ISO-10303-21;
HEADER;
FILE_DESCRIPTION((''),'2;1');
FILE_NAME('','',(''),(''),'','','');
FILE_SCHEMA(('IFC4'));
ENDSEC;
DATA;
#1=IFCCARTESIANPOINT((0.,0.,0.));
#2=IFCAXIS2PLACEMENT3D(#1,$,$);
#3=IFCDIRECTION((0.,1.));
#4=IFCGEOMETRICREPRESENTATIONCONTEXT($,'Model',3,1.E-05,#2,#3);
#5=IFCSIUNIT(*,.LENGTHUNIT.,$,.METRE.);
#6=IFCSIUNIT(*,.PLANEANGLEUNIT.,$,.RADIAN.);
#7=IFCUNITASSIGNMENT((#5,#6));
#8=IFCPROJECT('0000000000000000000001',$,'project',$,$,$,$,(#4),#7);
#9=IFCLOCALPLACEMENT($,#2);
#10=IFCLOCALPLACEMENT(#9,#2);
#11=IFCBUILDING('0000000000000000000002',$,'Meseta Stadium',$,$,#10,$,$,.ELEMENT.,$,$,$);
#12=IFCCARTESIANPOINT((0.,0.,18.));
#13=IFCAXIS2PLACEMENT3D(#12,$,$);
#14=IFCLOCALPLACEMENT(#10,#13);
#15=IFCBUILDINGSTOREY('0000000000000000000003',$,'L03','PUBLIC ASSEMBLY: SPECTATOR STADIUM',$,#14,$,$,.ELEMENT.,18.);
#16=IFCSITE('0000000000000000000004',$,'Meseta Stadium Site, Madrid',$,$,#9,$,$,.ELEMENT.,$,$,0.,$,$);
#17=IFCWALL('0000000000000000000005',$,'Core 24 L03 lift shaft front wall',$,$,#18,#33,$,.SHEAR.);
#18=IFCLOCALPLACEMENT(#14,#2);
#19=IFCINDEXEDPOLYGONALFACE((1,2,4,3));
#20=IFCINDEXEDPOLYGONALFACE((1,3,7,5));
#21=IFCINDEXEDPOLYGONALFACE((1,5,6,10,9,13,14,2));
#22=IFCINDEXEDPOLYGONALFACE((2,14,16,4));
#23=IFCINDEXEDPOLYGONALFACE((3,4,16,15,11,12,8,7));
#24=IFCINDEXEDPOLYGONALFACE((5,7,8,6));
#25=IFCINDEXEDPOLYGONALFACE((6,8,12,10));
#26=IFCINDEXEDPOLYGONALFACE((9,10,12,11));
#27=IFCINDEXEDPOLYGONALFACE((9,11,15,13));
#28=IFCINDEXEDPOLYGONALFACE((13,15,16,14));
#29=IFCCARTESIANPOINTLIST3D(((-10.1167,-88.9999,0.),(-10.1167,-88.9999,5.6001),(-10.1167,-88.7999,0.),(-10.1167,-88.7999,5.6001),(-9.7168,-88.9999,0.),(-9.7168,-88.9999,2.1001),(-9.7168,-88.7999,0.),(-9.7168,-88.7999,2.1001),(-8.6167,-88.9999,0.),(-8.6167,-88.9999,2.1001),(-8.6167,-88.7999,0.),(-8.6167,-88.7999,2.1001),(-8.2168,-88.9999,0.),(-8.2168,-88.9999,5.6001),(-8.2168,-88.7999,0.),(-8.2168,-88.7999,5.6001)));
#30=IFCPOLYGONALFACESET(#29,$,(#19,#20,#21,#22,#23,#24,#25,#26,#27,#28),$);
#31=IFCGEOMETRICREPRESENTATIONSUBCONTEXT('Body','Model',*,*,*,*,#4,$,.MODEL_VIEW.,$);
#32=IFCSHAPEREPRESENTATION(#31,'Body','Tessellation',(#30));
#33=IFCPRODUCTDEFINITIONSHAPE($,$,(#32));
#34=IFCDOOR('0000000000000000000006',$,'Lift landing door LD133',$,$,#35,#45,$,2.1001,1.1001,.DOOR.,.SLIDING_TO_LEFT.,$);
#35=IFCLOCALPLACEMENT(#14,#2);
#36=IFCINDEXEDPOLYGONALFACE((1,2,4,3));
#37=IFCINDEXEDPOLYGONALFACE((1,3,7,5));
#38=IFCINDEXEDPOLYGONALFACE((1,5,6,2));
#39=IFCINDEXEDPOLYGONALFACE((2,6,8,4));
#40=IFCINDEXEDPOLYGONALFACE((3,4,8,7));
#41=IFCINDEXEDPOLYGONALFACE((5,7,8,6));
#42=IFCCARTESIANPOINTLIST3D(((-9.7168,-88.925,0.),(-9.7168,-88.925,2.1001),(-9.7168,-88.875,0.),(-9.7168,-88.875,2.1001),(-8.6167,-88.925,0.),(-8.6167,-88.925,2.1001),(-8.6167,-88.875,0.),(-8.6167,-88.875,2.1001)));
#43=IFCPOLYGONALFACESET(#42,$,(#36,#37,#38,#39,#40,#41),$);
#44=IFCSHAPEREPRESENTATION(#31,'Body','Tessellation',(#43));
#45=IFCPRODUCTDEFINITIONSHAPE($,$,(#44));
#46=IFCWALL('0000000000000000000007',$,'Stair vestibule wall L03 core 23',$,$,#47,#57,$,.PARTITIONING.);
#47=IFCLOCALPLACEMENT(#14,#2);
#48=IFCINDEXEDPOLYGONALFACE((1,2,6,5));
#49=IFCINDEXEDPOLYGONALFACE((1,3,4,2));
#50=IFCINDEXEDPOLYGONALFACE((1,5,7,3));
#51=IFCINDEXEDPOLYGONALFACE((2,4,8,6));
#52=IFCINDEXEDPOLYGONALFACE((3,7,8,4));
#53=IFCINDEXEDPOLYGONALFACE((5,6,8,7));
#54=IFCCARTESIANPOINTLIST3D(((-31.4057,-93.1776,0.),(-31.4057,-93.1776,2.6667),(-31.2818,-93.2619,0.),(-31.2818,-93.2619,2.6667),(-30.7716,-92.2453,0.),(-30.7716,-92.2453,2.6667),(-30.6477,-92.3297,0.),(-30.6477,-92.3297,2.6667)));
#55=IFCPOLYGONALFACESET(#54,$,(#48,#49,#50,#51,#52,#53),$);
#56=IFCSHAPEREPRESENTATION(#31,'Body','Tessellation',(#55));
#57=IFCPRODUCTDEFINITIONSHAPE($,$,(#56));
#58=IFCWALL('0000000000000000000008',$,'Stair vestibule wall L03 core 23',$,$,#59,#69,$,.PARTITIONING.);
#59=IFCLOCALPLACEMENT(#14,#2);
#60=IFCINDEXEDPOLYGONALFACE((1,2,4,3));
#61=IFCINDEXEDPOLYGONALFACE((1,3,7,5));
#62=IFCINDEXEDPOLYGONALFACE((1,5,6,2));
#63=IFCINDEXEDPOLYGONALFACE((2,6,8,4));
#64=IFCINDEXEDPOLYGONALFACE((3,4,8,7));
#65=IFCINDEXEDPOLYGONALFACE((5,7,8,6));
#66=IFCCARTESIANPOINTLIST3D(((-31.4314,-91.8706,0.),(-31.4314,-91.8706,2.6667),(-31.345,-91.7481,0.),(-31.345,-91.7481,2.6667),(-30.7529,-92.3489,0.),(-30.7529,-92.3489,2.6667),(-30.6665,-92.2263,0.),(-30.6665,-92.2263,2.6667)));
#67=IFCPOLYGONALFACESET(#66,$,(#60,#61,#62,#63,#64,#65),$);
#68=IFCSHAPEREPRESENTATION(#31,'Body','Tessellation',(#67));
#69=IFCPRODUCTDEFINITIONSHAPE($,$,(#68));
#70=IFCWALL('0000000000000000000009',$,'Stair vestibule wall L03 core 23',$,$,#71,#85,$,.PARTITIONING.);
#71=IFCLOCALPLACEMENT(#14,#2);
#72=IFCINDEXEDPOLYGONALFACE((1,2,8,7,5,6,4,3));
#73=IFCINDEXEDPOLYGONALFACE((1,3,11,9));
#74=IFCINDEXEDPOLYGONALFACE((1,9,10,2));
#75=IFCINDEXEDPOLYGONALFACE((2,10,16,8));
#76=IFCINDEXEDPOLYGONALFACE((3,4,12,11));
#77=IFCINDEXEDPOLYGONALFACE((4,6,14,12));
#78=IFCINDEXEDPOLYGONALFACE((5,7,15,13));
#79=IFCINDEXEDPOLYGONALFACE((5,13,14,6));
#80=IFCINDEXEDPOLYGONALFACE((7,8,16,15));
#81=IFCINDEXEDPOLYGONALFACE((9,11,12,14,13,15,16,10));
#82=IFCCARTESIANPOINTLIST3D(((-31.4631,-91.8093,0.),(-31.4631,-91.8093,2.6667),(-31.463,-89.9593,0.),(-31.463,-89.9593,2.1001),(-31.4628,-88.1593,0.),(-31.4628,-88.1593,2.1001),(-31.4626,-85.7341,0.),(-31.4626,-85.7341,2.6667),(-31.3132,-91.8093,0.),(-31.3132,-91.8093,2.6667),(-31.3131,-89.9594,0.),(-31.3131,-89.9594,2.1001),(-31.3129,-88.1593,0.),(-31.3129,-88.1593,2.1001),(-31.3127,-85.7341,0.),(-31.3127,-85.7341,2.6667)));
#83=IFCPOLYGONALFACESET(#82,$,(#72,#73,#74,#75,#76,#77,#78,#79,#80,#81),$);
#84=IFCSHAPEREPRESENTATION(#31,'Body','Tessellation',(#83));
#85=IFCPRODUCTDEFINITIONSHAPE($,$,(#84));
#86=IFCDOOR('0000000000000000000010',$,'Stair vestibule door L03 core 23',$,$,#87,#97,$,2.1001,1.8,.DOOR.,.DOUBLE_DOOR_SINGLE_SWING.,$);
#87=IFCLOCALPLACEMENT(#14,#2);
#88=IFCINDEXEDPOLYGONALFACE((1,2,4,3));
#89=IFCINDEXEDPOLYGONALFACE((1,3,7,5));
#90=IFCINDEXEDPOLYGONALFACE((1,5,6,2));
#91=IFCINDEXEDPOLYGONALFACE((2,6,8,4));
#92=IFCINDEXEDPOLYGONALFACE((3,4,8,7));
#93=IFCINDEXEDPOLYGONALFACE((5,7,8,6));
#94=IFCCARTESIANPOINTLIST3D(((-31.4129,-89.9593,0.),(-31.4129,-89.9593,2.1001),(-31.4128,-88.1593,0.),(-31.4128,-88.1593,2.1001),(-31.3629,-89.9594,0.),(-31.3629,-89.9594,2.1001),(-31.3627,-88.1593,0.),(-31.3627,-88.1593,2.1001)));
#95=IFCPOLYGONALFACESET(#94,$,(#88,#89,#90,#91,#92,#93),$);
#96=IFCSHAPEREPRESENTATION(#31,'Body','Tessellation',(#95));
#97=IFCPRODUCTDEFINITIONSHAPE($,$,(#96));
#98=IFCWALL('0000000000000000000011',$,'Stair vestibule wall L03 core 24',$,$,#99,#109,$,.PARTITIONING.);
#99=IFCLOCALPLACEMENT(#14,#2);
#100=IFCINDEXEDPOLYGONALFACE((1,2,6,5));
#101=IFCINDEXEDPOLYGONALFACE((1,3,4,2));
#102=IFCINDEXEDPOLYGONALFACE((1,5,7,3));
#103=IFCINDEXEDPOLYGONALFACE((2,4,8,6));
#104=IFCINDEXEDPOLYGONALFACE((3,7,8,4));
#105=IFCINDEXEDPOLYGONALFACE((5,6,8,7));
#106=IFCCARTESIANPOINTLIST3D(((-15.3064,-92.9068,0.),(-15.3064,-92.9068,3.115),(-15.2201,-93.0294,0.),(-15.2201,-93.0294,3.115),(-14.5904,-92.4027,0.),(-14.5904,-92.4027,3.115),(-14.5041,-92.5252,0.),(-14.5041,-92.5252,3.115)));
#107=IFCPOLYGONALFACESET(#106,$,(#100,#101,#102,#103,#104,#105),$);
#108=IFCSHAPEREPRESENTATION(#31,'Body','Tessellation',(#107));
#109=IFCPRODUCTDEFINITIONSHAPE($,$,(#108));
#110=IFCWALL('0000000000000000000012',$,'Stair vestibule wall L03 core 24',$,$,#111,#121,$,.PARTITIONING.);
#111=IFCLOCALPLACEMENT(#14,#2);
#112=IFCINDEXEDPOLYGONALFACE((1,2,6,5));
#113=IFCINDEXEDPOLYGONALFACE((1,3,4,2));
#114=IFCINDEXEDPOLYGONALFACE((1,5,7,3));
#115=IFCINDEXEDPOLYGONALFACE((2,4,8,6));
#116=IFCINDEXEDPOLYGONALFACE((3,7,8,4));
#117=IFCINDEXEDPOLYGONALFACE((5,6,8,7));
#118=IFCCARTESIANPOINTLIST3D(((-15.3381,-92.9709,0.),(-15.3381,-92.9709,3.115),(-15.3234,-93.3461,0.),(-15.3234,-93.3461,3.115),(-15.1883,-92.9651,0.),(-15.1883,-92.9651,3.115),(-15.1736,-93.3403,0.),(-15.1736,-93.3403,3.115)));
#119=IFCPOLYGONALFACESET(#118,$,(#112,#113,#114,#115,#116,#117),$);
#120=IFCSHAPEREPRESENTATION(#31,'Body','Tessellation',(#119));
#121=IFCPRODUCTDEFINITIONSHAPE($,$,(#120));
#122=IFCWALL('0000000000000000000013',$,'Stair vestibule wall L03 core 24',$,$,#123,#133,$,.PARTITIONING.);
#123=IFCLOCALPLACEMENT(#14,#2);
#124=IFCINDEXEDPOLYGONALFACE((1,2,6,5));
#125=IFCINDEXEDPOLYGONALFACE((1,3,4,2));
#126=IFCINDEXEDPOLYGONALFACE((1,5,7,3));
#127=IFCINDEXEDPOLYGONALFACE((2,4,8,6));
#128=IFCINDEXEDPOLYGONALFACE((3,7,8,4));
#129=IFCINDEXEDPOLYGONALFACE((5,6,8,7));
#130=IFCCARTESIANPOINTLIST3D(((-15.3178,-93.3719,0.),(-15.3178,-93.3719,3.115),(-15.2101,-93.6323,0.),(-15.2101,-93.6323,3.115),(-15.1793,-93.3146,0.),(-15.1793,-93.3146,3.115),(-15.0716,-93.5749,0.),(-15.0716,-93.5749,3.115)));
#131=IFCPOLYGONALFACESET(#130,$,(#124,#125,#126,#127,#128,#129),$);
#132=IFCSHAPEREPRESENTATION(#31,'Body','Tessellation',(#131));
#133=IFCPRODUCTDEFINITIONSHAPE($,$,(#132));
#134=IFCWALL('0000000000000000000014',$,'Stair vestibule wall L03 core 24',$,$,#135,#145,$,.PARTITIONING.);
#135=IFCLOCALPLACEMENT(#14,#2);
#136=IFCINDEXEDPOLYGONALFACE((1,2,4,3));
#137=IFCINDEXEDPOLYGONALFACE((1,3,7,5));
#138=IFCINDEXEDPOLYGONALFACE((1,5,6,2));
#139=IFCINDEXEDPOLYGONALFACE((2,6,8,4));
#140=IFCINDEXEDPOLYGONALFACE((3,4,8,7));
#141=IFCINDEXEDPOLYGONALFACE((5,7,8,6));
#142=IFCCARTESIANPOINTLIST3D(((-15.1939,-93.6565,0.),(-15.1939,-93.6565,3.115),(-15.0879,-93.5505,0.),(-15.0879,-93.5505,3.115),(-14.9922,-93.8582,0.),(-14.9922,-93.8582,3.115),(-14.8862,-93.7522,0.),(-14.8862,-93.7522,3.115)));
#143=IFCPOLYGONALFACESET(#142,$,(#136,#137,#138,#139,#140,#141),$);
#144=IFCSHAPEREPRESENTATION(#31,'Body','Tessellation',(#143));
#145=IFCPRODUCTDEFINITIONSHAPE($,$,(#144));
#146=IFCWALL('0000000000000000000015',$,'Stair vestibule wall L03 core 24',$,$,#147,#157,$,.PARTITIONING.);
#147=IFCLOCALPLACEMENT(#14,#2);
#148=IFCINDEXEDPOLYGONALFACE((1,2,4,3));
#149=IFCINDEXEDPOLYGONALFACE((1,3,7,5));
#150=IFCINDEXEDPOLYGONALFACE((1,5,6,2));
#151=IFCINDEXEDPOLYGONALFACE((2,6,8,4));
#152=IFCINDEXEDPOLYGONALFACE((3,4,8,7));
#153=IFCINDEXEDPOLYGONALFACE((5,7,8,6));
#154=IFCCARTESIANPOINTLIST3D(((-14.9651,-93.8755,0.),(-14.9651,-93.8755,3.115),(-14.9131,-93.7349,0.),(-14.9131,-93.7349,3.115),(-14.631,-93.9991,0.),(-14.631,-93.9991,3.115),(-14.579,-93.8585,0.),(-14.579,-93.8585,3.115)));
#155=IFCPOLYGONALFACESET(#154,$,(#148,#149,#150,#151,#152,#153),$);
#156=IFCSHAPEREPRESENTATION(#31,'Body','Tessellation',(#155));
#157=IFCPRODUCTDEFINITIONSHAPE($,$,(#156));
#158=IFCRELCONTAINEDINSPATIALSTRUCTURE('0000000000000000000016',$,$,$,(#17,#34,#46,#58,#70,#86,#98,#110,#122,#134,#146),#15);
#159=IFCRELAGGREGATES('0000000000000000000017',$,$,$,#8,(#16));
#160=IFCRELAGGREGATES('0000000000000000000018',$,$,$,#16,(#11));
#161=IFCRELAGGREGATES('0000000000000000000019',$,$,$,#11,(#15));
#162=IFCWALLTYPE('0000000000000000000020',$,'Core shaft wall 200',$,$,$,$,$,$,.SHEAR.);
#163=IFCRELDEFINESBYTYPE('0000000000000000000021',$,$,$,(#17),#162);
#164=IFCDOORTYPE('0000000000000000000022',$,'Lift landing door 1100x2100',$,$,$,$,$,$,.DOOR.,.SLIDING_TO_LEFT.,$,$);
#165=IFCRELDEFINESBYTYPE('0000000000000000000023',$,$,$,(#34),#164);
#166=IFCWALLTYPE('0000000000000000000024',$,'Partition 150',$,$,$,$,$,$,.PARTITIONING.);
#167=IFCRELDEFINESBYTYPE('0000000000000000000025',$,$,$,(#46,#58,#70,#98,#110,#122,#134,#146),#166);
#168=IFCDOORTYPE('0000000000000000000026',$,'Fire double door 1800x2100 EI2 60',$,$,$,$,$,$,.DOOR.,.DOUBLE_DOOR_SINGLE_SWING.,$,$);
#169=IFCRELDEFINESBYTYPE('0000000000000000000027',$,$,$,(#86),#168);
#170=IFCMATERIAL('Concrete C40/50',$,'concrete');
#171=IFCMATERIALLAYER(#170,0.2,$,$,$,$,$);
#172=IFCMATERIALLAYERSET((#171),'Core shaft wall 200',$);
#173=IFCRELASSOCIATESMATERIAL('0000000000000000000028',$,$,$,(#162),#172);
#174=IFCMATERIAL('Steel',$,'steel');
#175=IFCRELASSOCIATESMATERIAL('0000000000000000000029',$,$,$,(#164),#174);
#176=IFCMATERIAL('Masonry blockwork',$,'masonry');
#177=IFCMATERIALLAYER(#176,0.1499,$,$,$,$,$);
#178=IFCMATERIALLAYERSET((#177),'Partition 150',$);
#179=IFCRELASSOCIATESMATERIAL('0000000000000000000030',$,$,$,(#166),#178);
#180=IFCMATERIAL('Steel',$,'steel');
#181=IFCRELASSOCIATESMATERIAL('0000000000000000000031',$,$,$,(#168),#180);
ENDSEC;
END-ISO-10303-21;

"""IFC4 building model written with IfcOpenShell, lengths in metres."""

from ifc_helpers import new_model, si_unit, direction, frame, frame_2d, origin, place, context, subcontext, project, spatial, rectangle, extrude, material, layer, layer_set, type_object, element, fill, save


model = new_model("IFC4")

# Units and contexts
model_context = context("Model", 3, precision=1e-05, world=origin(), true_north=direction((0.0, 1.0)))
body_context = subcontext(model_context, "Body", "Model", "MODEL_VIEW")
ifc_project = project(units=[si_unit("LENGTHUNIT", "METRE"), si_unit("PLANEANGLEUNIT", "RADIAN")], contexts=[model_context])

# Site, building, storey
site_placement = place(None, origin())
site = spatial("IfcSite", under=ifc_project, at=site_placement, Name="Meseta Stadium Site, Madrid", CompositionType="ELEMENT", RefElevation=0.0)
building_placement = place(site_placement, origin())
building = spatial("IfcBuilding", under=site, at=building_placement, Name="Meseta Stadium", CompositionType="ELEMENT")
storey_placement = place(building_placement, frame((0.0, 0.0, 18.0)))
storey = spatial("IfcBuildingStorey", under=building, at=storey_placement, Name="L03", Description="PUBLIC ASSEMBLY: SPECTATOR STADIUM", CompositionType="ELEMENT", Elevation=18.0)

# Shared definitions
ifc_material_1 = material(Name="Concrete C40/50", Category="concrete")
ifc_layer_1 = layer(ifc_material_1, 0.2)
ifc_layer_set_1 = layer_set([ifc_layer_1], Name="Core shaft wall 200")
wall_type_1 = type_object("IfcWallType", Name="Core shaft wall 200", PredefinedType="SHEAR", material=ifc_layer_set_1)

# Wall, opening, door
wall_1_placement = place(storey_placement, frame((-10.1167, -88.8999, 0.0), z_axis=(0.0, 0.0, 1.0), x_axis=(1.0, 0.0, 0.0)))
wall_1 = element("IfcWall", 1, at=wall_1_placement, inside=storey, type_object=wall_type_1, Name="Core 24 L03 lift shaft front wall", PredefinedType="SHEAR", context=body_context, shape_type="SweptSolid", body=[
    extrude(rectangle(XDim=1.8999, YDim=0.2, at=frame_2d((0.95, 0.0))), origin(), (0.0, 0.0, 1.0), 5.6001),
])
opening_1_placement = place(wall_1_placement, frame((0.3999, 0.0, 0.0)))
opening_1 = element("IfcOpeningElement", 2, at=opening_1_placement, cuts=wall_1, PredefinedType="OPENING", context=body_context, shape_type="SweptSolid", body=[
    extrude(rectangle(XDim=1.1001, YDim=2.1001, at=frame_2d((0.55, 1.05))), frame((0.0, 0.1099, 0.0), z_axis=(0.0, -1.0, 0.0), x_axis=(1.0, 0.0, 0.0)), (0.0, 0.0, 1.0), 0.22),
])
ifc_material_2 = material(Name="Steel", Category="steel")
door_type_1 = type_object("IfcDoorType", Name="Lift landing door 1100x2100", OperationType="SLIDING_TO_LEFT", PredefinedType="DOOR", material=ifc_material_2)
door_1_placement = place(opening_1_placement, origin())
door_1 = element("IfcDoor", 3, at=door_1_placement, inside=storey, type_object=door_type_1, Name="Lift landing door LD133", OperationType="SLIDING_TO_LEFT", OverallHeight=2.1001, OverallWidth=1.1001, PredefinedType="DOOR", context=body_context, shape_type="SweptSolid", body=[
    extrude(rectangle(XDim=1.1001, YDim=2.1001, at=frame_2d((0.55, 1.05))), frame((0.0, 0.0249, 0.0), z_axis=(0.0, -1.0, 0.0), x_axis=(1.0, 0.0, 0.0)), (0.0, 0.0, 1.0), 0.05),
])
fill(opening_1, door_1)

# Walls
ifc_material_3 = material(Name="Masonry blockwork", Category="masonry")
ifc_layer_2 = layer(ifc_material_3, 0.1499)
ifc_layer_set_2 = layer_set([ifc_layer_2], Name="Partition 150")
wall_type_2 = type_object("IfcWallType", Name="Partition 150", PredefinedType="PARTITIONING", material=ifc_layer_set_2)
wall_2_placement = place(storey_placement, frame((-31.3438, -93.2197, 0.0), z_axis=(0.0, 0.0, 1.0), x_axis=(0.562423, 0.82685, 0.0)))
element("IfcWall", 4, at=wall_2_placement, inside=storey, type_object=wall_type_2, Name="Stair vestibule wall L03 core 23", PredefinedType="PARTITIONING", context=body_context, shape_type="SweptSolid", body=[
    extrude(rectangle(XDim=1.1274, YDim=0.1499, at=frame_2d((0.5637, 0.0))), origin(), (0.0, 0.0, 1.0), 2.6667),
])
wall_3_placement = place(storey_placement, frame((-30.7097, -92.2876, 0.0), z_axis=(0.0, 0.0, 1.0), x_axis=(-0.817334, 0.576163, 0.0)))
element("IfcWall", 5, at=wall_3_placement, inside=storey, type_object=wall_type_2, Name="Stair vestibule wall L03 core 23", PredefinedType="PARTITIONING", context=body_context, shape_type="SweptSolid", body=[
    extrude(rectangle(XDim=0.8301, YDim=0.1499, at=frame_2d((0.415, 0.0))), origin(), (0.0, 0.0, 1.0), 2.6667),
])

# Wall, opening, door
wall_4_placement = place(storey_placement, frame((-31.3882, -91.8093, 0.0), z_axis=(0.0, 0.0, 1.0), x_axis=(0.00008, 1.0, 0.0)))
wall_4 = element("IfcWall", 6, at=wall_4_placement, inside=storey, type_object=wall_type_2, Name="Stair vestibule wall L03 core 23", PredefinedType="PARTITIONING", context=body_context, shape_type="SweptSolid", body=[
    extrude(rectangle(XDim=6.0752, YDim=0.1499, at=frame_2d((3.0376, 0.0))), origin(), (0.0, 0.0, 1.0), 2.6667),
])
opening_2_placement = place(wall_4_placement, frame((1.8501, 0.0, 0.0)))
opening_2 = element("IfcOpeningElement", 7, at=opening_2_placement, cuts=wall_4, PredefinedType="OPENING", context=body_context, shape_type="SweptSolid", body=[
    extrude(rectangle(XDim=1.8, YDim=2.1001, at=frame_2d((0.8999, 1.05))), frame((0.0, 0.085, 0.0), z_axis=(0.0, -1.0, 0.0), x_axis=(1.0, 0.0, 0.0)), (0.0, 0.0, 1.0), 0.1699),
])
ifc_material_4 = material(Name="Steel", Category="steel")
door_type_2 = type_object("IfcDoorType", Name="Fire double door 1800x2100 EI2 60", OperationType="DOUBLE_DOOR_SINGLE_SWING", PredefinedType="DOOR", material=ifc_material_4)
door_2_placement = place(opening_2_placement, origin())
door_2 = element("IfcDoor", 8, at=door_2_placement, inside=storey, type_object=door_type_2, Name="Stair vestibule door L03 core 23", OperationType="DOUBLE_DOOR_SINGLE_SWING", OverallHeight=2.1001, OverallWidth=1.8, PredefinedType="DOOR", context=body_context, shape_type="SweptSolid", body=[
    extrude(rectangle(XDim=1.8, YDim=2.1001, at=frame_2d((0.8999, 1.05))), frame((0.0, 0.0249, 0.0), z_axis=(0.0, -1.0, 0.0), x_axis=(1.0, 0.0, 0.0)), (0.0, 0.0, 1.0), 0.05),
])
fill(opening_2, door_2)

# Walls
wall_5_placement = place(storey_placement, frame((-14.5471, -92.4639, 0.0), z_axis=(0.0, 0.0, 1.0), x_axis=(-0.81767, -0.575687, 0.0)))
element("IfcWall", 9, at=wall_5_placement, inside=storey, type_object=wall_type_2, Name="Stair vestibule wall L03 core 24", PredefinedType="PARTITIONING", context=body_context, shape_type="SweptSolid", body=[
    extrude(rectangle(XDim=0.8757, YDim=0.1499, at=frame_2d((0.438, 0.0))), origin(), (0.0, 0.0, 1.0), 3.115),
])
wall_6_placement = place(storey_placement, frame((-15.2632, -92.968, 0.0), z_axis=(0.0, 0.0, 1.0), x_axis=(0.039007, -0.999239, 0.0)))
element("IfcWall", 10, at=wall_6_placement, inside=storey, type_object=wall_type_2, Name="Stair vestibule wall L03 core 24", PredefinedType="PARTITIONING", context=body_context, shape_type="SweptSolid", body=[
    extrude(rectangle(XDim=0.3755, YDim=0.1499, at=frame_2d((0.1877, 0.0))), origin(), (0.0, 0.0, 1.0), 3.115),
])
wall_7_placement = place(storey_placement, frame((-15.2485, -93.3433, 0.0), z_axis=(0.0, 0.0, 1.0), x_axis=(0.382275, -0.924049, 0.0)))
element("IfcWall", 11, at=wall_7_placement, inside=storey, type_object=wall_type_2, Name="Stair vestibule wall L03 core 24", PredefinedType="PARTITIONING", context=body_context, shape_type="SweptSolid", body=[
    extrude(rectangle(XDim=0.2817, YDim=0.1499, at=frame_2d((0.1409, 0.0))), origin(), (0.0, 0.0, 1.0), 3.115),
])
wall_8_placement = place(storey_placement, frame((-15.1409, -93.6035, 0.0), z_axis=(0.0, 0.0, 1.0), x_axis=(0.707107, -0.707107, 0.0)))
element("IfcWall", 12, at=wall_8_placement, inside=storey, type_object=wall_type_2, Name="Stair vestibule wall L03 core 24", PredefinedType="PARTITIONING", context=body_context, shape_type="SweptSolid", body=[
    extrude(rectangle(XDim=0.2852, YDim=0.1499, at=frame_2d((0.1426, 0.0))), origin(), (0.0, 0.0, 1.0), 3.115),
])
wall_9_placement = place(storey_placement, frame((-14.9392, -93.8052, 0.0), z_axis=(0.0, 0.0, 1.0), x_axis=(0.937898, -0.346912, 0.0)))
element("IfcWall", 13, at=wall_9_placement, inside=storey, type_object=wall_type_2, Name="Stair vestibule wall L03 core 24", PredefinedType="PARTITIONING", context=body_context, shape_type="SweptSolid", body=[
    extrude(rectangle(XDim=0.3562, YDim=0.1499, at=frame_2d((0.1782, 0.0))), origin(), (0.0, 0.0, 1.0), 3.115),
])

save(model, "model.ifc")
